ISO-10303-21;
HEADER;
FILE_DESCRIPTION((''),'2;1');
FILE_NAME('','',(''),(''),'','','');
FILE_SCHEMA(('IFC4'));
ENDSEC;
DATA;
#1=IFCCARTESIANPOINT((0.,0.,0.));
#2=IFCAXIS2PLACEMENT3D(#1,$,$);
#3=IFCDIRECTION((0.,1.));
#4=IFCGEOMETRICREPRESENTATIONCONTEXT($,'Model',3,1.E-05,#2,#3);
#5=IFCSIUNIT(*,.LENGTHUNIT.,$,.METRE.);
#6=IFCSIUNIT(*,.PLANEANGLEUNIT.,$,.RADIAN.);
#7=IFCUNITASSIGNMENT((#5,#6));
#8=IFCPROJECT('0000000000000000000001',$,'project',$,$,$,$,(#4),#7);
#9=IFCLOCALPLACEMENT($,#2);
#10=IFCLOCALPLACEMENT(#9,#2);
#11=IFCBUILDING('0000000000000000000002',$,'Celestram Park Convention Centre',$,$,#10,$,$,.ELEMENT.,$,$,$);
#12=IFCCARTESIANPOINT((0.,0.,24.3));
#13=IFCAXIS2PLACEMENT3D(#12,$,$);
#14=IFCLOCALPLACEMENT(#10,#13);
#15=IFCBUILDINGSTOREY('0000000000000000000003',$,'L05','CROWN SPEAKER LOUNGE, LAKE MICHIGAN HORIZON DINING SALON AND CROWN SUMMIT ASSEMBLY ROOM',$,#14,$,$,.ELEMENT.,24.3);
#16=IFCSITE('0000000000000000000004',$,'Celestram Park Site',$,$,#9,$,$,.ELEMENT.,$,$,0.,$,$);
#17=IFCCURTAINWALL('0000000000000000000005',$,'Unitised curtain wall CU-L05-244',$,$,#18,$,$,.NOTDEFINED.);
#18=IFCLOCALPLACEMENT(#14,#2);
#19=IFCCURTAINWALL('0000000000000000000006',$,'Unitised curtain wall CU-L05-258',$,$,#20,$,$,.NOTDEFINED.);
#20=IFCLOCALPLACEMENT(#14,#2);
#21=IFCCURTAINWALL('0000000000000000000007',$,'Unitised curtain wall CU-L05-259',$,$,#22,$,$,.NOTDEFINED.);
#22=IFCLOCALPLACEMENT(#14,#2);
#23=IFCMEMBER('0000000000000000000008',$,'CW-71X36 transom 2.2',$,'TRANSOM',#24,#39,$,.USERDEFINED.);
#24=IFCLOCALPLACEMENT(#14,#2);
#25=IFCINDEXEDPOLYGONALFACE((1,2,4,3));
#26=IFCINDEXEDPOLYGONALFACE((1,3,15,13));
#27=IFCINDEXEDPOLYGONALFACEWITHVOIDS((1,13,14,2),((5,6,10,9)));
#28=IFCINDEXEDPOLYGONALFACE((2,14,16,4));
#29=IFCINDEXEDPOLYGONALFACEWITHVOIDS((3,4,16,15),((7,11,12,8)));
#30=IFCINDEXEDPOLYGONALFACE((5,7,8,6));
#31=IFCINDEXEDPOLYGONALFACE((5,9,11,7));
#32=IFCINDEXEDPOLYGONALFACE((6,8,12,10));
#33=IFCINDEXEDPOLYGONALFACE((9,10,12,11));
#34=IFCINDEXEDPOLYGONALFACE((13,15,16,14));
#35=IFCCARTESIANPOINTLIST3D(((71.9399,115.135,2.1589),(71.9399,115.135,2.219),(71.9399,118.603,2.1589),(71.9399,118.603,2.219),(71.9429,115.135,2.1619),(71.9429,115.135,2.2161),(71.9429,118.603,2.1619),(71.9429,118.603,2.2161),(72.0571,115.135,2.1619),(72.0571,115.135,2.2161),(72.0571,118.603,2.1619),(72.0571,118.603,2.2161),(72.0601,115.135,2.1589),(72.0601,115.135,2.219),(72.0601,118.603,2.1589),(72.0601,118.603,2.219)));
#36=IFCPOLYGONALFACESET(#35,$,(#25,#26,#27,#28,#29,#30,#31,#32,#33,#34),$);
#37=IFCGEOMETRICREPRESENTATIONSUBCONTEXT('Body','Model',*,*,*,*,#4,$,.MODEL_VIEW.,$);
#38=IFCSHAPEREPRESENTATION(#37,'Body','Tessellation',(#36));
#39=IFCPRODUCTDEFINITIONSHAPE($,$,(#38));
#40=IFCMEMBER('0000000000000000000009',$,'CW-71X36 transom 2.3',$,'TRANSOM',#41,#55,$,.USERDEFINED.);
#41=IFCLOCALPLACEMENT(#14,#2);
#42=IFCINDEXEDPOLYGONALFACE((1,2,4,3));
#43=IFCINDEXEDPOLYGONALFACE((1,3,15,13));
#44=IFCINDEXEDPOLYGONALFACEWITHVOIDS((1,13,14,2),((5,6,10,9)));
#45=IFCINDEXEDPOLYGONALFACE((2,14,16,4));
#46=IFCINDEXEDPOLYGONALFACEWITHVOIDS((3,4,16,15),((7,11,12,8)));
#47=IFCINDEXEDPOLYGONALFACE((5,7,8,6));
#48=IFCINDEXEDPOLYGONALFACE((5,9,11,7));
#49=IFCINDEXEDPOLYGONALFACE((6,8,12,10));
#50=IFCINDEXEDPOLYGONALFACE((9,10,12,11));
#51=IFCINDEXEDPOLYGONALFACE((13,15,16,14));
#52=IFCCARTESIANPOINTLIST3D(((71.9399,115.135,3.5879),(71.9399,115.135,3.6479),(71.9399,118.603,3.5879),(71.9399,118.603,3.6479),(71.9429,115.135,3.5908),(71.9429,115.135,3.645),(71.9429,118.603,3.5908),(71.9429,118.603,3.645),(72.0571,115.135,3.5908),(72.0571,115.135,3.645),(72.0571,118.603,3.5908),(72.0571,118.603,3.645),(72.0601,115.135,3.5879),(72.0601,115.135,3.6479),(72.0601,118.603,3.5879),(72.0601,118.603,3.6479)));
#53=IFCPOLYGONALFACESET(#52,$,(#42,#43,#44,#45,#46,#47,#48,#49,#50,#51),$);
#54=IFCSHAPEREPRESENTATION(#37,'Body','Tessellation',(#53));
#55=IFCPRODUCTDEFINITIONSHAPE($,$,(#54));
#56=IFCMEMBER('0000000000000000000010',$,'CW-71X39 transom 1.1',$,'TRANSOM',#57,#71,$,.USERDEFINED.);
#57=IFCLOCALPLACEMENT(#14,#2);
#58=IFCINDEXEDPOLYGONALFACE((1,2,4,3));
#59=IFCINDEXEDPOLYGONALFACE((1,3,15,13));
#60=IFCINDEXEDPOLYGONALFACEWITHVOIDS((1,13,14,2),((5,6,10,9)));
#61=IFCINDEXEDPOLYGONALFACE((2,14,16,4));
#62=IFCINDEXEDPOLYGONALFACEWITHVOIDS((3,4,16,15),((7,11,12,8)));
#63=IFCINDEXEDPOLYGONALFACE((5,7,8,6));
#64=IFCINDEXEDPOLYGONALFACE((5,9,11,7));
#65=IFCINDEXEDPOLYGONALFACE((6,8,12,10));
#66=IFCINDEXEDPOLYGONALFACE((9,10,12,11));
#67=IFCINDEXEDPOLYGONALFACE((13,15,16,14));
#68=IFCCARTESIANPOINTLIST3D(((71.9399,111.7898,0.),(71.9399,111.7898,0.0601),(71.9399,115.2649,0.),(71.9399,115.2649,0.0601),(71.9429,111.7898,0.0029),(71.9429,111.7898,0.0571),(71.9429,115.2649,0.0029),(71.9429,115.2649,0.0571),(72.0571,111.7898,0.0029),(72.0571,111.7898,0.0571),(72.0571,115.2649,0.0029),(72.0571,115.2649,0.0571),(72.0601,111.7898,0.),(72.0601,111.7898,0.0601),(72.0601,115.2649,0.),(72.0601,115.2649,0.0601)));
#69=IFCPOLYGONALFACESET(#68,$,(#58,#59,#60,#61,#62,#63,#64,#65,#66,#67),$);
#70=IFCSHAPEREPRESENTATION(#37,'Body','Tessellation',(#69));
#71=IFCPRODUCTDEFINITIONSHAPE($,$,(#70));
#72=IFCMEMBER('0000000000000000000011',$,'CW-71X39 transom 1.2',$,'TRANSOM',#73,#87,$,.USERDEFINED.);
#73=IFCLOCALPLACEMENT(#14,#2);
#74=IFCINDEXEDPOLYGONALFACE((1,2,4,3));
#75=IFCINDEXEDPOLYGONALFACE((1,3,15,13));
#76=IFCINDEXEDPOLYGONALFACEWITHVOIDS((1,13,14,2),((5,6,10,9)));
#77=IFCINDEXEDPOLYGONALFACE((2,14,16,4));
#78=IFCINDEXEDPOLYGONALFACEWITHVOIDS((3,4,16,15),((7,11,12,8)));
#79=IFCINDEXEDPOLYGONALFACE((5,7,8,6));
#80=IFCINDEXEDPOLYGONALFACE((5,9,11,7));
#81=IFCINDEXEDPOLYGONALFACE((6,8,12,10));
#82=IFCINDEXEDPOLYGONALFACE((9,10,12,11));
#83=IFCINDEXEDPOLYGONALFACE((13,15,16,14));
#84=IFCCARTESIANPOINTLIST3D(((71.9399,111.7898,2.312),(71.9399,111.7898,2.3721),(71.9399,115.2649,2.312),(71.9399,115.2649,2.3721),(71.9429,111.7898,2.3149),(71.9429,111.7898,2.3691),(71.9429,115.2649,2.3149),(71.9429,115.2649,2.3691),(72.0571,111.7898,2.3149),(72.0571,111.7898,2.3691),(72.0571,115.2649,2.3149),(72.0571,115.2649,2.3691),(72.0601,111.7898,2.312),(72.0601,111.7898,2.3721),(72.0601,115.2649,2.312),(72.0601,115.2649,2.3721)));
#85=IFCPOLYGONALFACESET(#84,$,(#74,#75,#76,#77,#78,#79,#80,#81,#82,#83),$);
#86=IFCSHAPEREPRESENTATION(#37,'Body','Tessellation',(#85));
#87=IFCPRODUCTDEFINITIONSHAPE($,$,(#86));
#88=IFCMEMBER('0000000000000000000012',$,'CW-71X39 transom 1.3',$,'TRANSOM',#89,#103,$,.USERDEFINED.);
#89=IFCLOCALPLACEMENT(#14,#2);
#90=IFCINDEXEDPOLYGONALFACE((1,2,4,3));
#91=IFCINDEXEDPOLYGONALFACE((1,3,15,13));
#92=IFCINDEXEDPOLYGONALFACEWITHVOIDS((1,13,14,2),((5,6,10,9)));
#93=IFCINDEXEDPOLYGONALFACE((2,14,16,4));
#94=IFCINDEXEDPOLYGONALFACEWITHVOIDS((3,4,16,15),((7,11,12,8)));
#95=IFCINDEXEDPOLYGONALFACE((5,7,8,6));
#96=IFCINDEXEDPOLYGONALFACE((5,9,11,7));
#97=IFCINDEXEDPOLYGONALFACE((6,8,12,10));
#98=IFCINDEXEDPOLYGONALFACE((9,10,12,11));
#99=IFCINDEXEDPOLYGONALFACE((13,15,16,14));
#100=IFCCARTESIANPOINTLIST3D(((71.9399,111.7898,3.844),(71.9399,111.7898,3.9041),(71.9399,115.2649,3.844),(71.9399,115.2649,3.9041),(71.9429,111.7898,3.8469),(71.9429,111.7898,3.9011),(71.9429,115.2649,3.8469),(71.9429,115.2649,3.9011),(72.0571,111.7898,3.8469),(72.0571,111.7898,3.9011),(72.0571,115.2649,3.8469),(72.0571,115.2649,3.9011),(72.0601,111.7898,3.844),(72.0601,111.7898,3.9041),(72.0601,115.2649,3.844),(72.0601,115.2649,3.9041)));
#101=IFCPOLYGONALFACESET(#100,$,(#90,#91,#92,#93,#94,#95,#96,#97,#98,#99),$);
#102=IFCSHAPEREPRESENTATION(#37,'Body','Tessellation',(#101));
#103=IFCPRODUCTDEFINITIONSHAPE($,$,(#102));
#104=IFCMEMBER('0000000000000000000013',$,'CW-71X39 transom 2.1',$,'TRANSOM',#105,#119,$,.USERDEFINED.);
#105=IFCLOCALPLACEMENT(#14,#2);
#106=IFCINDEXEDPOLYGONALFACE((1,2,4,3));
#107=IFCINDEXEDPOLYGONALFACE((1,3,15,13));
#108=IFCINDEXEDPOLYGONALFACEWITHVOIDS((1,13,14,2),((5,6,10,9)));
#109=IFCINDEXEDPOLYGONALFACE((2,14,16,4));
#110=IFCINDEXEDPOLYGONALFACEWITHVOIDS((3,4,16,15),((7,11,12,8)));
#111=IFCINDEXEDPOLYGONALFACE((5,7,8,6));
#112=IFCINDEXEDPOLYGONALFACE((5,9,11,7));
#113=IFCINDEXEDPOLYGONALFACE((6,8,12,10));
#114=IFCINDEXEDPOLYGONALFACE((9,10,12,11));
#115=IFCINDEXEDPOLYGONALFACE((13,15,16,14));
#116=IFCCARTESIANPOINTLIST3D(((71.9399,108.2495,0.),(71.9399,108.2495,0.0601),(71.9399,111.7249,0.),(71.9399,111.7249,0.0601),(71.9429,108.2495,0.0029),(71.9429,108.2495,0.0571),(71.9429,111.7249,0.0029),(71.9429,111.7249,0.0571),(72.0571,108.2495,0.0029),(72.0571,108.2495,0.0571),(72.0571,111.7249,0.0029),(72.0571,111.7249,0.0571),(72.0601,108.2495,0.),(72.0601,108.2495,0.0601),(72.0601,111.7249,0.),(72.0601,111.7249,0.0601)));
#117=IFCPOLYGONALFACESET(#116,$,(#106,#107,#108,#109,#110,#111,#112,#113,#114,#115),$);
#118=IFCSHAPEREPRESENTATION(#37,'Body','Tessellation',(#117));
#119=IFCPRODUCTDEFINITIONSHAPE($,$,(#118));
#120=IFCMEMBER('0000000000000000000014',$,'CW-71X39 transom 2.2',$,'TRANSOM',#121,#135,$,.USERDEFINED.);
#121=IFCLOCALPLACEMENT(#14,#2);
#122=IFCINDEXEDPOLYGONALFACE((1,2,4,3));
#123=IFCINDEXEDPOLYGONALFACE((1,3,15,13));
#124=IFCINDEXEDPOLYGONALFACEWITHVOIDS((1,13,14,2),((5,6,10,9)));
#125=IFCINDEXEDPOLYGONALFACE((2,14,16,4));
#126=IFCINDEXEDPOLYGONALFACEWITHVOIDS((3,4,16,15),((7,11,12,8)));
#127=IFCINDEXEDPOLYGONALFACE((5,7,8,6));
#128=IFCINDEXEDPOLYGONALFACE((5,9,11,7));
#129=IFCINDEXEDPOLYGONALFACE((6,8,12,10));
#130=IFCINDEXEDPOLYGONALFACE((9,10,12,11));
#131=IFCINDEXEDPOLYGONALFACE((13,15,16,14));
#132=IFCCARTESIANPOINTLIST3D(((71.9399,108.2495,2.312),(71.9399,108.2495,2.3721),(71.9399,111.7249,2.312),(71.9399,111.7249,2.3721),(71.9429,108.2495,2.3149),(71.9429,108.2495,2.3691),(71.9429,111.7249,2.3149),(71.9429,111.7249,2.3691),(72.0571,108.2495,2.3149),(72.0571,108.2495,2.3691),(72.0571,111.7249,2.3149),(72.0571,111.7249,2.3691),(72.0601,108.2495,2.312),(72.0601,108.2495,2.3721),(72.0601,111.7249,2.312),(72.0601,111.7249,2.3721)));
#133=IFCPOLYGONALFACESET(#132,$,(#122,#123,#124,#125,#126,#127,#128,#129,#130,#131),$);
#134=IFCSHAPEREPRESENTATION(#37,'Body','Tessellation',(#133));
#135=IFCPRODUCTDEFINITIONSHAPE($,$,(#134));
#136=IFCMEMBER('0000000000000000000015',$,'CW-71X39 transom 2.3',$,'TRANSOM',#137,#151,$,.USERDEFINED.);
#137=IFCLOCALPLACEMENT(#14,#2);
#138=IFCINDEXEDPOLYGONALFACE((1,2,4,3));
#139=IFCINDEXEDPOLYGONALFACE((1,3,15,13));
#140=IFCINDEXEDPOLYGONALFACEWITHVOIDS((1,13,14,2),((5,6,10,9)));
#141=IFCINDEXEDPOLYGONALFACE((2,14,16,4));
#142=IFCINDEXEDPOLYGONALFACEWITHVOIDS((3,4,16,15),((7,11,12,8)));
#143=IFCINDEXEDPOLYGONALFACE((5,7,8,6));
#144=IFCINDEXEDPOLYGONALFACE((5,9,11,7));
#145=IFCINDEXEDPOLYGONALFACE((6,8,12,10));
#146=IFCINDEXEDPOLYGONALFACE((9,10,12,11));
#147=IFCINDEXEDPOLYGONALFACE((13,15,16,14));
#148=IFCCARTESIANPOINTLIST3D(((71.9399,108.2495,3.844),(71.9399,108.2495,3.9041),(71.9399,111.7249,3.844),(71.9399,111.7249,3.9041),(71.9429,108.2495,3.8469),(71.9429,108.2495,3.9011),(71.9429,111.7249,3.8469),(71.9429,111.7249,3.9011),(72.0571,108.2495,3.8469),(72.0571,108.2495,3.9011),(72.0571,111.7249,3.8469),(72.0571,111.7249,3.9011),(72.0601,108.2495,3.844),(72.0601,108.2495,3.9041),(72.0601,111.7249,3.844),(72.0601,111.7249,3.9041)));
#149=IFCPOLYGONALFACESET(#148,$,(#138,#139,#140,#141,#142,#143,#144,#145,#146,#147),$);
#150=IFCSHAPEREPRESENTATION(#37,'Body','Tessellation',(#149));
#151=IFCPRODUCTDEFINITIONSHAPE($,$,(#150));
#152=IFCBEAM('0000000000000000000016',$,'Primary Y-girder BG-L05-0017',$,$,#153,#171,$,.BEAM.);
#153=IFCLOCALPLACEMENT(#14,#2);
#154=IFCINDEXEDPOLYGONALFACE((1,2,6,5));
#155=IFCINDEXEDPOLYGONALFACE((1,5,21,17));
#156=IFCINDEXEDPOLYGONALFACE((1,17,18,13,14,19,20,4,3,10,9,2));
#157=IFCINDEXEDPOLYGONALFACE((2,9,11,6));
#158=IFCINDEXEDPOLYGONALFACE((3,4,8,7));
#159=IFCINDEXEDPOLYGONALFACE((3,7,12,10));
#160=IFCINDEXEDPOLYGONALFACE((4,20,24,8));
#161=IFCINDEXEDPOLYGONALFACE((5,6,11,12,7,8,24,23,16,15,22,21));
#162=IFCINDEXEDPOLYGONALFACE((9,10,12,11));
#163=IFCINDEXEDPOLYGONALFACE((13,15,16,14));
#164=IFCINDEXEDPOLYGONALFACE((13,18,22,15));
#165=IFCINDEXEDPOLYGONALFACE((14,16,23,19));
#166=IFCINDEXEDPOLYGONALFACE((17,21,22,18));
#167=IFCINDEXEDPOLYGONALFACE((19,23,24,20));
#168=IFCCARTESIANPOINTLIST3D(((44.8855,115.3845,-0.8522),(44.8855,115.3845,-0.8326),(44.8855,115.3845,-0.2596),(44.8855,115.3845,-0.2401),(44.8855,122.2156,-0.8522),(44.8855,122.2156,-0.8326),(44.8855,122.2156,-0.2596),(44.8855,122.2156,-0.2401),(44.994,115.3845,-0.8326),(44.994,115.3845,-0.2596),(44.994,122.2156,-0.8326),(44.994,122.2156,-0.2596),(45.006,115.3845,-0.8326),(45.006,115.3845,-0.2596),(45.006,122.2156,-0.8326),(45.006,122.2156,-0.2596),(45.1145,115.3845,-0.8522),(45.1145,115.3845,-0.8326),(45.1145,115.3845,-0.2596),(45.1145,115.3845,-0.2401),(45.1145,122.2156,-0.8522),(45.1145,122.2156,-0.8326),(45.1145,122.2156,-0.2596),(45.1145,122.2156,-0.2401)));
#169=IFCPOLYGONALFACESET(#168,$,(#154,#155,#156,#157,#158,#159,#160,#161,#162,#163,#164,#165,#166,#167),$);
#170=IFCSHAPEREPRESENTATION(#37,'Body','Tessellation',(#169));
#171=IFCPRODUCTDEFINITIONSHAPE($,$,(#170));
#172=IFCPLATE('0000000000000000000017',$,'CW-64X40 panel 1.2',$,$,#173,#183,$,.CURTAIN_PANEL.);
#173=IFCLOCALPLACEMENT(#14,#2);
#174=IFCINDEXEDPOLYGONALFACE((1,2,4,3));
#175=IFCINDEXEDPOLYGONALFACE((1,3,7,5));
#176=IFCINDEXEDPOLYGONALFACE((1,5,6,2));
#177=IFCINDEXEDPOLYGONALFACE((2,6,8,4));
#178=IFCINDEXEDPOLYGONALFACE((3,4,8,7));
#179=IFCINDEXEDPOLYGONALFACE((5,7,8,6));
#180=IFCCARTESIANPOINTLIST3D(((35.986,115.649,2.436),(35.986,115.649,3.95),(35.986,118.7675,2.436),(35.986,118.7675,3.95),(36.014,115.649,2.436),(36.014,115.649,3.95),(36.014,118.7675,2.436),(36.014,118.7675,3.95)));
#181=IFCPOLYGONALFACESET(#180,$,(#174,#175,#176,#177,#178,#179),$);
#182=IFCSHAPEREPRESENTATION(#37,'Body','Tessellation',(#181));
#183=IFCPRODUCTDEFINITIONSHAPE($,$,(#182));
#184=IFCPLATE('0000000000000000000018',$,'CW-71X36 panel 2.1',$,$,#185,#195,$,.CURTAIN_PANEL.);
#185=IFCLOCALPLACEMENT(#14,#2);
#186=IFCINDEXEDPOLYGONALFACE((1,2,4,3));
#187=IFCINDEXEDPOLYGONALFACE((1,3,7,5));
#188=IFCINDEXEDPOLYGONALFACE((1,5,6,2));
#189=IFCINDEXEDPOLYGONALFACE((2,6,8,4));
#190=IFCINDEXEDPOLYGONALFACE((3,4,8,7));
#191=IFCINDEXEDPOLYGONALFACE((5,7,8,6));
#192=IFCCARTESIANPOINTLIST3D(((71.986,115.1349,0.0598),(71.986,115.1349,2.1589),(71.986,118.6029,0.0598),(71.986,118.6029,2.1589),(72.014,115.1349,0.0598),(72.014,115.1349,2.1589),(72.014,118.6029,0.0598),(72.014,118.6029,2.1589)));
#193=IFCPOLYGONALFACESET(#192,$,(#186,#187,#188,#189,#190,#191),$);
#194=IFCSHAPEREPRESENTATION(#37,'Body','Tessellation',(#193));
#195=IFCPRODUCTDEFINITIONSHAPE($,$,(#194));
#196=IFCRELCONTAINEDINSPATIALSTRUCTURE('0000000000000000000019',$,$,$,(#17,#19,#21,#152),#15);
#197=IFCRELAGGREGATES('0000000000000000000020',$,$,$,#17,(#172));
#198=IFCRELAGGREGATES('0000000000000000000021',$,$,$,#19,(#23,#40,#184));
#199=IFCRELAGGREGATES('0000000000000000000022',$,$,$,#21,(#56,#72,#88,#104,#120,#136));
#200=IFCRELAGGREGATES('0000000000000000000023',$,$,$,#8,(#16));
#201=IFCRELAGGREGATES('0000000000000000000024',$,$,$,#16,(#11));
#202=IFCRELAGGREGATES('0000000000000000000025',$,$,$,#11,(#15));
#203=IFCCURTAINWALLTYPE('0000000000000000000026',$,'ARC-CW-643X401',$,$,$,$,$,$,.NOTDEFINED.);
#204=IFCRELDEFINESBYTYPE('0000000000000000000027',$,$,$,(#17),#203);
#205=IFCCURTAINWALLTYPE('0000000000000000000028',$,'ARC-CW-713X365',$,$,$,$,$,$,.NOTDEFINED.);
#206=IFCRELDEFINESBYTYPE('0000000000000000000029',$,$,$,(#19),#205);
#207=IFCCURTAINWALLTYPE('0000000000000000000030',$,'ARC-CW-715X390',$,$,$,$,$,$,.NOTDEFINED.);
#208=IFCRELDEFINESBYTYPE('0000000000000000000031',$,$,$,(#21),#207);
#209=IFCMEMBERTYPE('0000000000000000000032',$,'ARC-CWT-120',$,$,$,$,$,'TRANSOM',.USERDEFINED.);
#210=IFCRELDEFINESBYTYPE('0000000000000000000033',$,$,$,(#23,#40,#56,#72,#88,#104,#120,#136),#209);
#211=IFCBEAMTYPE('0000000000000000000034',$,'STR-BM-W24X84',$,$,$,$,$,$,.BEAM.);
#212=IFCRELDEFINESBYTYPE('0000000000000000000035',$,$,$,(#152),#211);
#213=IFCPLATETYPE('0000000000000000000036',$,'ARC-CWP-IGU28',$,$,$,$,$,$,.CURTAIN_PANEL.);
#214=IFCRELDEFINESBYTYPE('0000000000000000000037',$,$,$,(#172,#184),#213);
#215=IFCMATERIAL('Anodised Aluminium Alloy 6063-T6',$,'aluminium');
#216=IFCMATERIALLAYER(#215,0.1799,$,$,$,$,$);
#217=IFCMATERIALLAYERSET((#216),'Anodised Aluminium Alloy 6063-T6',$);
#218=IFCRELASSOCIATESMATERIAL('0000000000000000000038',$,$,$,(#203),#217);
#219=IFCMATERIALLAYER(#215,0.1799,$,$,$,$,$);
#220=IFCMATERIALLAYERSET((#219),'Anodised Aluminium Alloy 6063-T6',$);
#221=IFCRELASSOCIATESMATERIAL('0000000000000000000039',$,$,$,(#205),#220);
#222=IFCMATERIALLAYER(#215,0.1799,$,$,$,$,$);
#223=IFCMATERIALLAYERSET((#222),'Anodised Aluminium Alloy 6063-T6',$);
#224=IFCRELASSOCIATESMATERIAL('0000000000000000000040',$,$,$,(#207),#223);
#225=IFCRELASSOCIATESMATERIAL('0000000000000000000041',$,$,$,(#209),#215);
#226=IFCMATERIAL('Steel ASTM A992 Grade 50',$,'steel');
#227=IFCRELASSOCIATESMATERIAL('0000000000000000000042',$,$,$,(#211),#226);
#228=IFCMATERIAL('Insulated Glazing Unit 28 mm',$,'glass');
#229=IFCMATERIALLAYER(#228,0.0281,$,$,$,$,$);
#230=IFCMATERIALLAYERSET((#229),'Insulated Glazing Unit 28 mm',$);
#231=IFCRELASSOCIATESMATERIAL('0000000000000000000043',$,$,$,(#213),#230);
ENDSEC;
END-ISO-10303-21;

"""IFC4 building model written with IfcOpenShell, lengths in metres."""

from ifc_helpers import new_model, si_unit, direction, frame, origin, origin_2d, place, context, subcontext, project, spatial, rectangle, hollow_rectangle, i_section, extrude, material, layer, layer_set, material_profile, profile_set, type_object, element, aggregate, save


model = new_model("IFC4")

# Units and contexts
model_context = context("Model", 3, precision=1e-05, world=origin(), true_north=direction((0.0, 1.0)))
body_context = subcontext(model_context, "Body", "Model", "MODEL_VIEW")
ifc_project = project(units=[si_unit("LENGTHUNIT", "METRE"), si_unit("PLANEANGLEUNIT", "RADIAN")], contexts=[model_context])

# Site, building, storey
site_placement = place(None, origin())
site = spatial("IfcSite", under=ifc_project, at=site_placement, Name="Celestram Park Site", CompositionType="ELEMENT", RefElevation=0.0)
building_placement = place(site_placement, origin())
building = spatial("IfcBuilding", under=site, at=building_placement, Name="Celestram Park Convention Centre", CompositionType="ELEMENT")
storey_placement = place(building_placement, frame((0.0, 0.0, 24.3)))
storey = spatial("IfcBuildingStorey", under=building, at=storey_placement, Name="L05", Description="CROWN SPEAKER LOUNGE, LAKE MICHIGAN HORIZON DINING SALON AND CROWN SUMMIT ASSEMBLY ROOM", CompositionType="ELEMENT", Elevation=24.3)

# Shared definitions
ifc_material_1 = material(Name="Steel ASTM A992 Grade 50", Category="steel")

# Curtain wall
ifc_material_2 = material(Name="Anodised Aluminium Alloy 6063-T6", Category="aluminium")
ifc_layer_1 = layer(ifc_material_2, 0.1799)
ifc_layer_set_1 = layer_set([ifc_layer_1], Name="Anodised Aluminium Alloy 6063-T6")
curtain_wall_type_1 = type_object("IfcCurtainWallType", Name="ARC-CW-643X401", PredefinedType="NOTDEFINED", material=ifc_layer_set_1)
curtain_wall_1_placement = place(storey_placement, origin())
curtain_wall_1 = element("IfcCurtainWall", 1, at=curtain_wall_1_placement, inside=storey, type_object=curtain_wall_type_1, Name="Unitised curtain wall CU-L05-244", PredefinedType="NOTDEFINED")

# Curtain walls
ifc_layer_2 = layer(ifc_material_2, 0.1799)
ifc_layer_set_2 = layer_set([ifc_layer_2], Name="Anodised Aluminium Alloy 6063-T6")
curtain_wall_type_2 = type_object("IfcCurtainWallType", Name="ARC-CW-713X365", PredefinedType="NOTDEFINED", material=ifc_layer_set_2)
curtain_wall_2_placement = place(storey_placement, origin())
curtain_wall_2 = element("IfcCurtainWall", 2, at=curtain_wall_2_placement, inside=storey, type_object=curtain_wall_type_2, Name="Unitised curtain wall CU-L05-258", PredefinedType="NOTDEFINED")
ifc_layer_3 = layer(ifc_material_2, 0.1799)
ifc_layer_set_3 = layer_set([ifc_layer_3], Name="Anodised Aluminium Alloy 6063-T6")
curtain_wall_type_3 = type_object("IfcCurtainWallType", Name="ARC-CW-715X390", PredefinedType="NOTDEFINED", material=ifc_layer_set_3)
curtain_wall_3_placement = place(storey_placement, origin())
curtain_wall_3 = element("IfcCurtainWall", 3, at=curtain_wall_3_placement, inside=storey, type_object=curtain_wall_type_3, Name="Unitised curtain wall CU-L05-259", PredefinedType="NOTDEFINED")

# Members
ifc_material_profile_1 = material_profile(ifc_material_2, hollow_rectangle(XDim=0.1201, YDim=0.0601, WallThickness=0.0029, at=origin_2d()), Name="ALU120X60X3")
ifc_profile_set_1 = profile_set([ifc_material_profile_1], Name="Anodised Aluminium Alloy 6063-T6")
member_type_1 = type_object("IfcMemberType", Name="ARC-CWT-120", ElementType="TRANSOM", PredefinedType="USERDEFINED", material=ifc_profile_set_1)
member_1_placement = place(storey_placement, frame((72.0, 118.603, 2.189), z_axis=(0.0, -1.0, 0.0), x_axis=(1.0, 0.0, 0.0)))
member_1 = element("IfcMember", 4, at=member_1_placement, type_object=member_type_1, Name="CW-71X36 transom 2.2", ObjectType="TRANSOM", PredefinedType="USERDEFINED", context=body_context, shape_type="SweptSolid", body=[
    extrude(hollow_rectangle(XDim=0.1201, YDim=0.0601, WallThickness=0.0029, at=origin_2d()), origin(), (0.0, 0.0, 1.0), 3.468),
])
member_2_placement = place(storey_placement, frame((72.0, 118.603, 3.6179), z_axis=(0.0, -1.0, 0.0), x_axis=(1.0, 0.0, 0.0)))
member_2 = element("IfcMember", 5, at=member_2_placement, type_object=member_type_1, Name="CW-71X36 transom 2.3", ObjectType="TRANSOM", PredefinedType="USERDEFINED", context=body_context, shape_type="SweptSolid", body=[
    extrude(hollow_rectangle(XDim=0.1201, YDim=0.0601, WallThickness=0.0029, at=origin_2d()), origin(), (0.0, 0.0, 1.0), 3.468),
])
member_3_placement = place(storey_placement, frame((72.0, 115.2649, 0.03), z_axis=(0.0, -1.0, 0.0), x_axis=(1.0, 0.0, 0.0)))
member_3 = element("IfcMember", 6, at=member_3_placement, type_object=member_type_1, Name="CW-71X39 transom 1.1", ObjectType="TRANSOM", PredefinedType="USERDEFINED", context=body_context, shape_type="SweptSolid", body=[
    extrude(hollow_rectangle(XDim=0.1201, YDim=0.0601, WallThickness=0.0029, at=origin_2d()), origin(), (0.0, 0.0, 1.0), 3.4751),
])
member_4_placement = place(storey_placement, frame((72.0, 115.2649, 2.342), z_axis=(0.0, -1.0, 0.0), x_axis=(1.0, 0.0, 0.0)))
member_4 = element("IfcMember", 7, at=member_4_placement, type_object=member_type_1, Name="CW-71X39 transom 1.2", ObjectType="TRANSOM", PredefinedType="USERDEFINED", context=body_context, shape_type="SweptSolid", body=[
    extrude(hollow_rectangle(XDim=0.1201, YDim=0.0601, WallThickness=0.0029, at=origin_2d()), origin(), (0.0, 0.0, 1.0), 3.4751),
])
member_5_placement = place(storey_placement, frame((72.0, 115.2649, 3.874), z_axis=(0.0, -1.0, 0.0), x_axis=(1.0, 0.0, 0.0)))
member_5 = element("IfcMember", 8, at=member_5_placement, type_object=member_type_1, Name="CW-71X39 transom 1.3", ObjectType="TRANSOM", PredefinedType="USERDEFINED", context=body_context, shape_type="SweptSolid", body=[
    extrude(hollow_rectangle(XDim=0.1201, YDim=0.0601, WallThickness=0.0029, at=origin_2d()), origin(), (0.0, 0.0, 1.0), 3.4751),
])
member_6_placement = place(storey_placement, frame((72.0, 111.7249, 0.03), z_axis=(0.0, -1.0, 0.0), x_axis=(1.0, 0.0, 0.0)))
member_6 = element("IfcMember", 9, at=member_6_placement, type_object=member_type_1, Name="CW-71X39 transom 2.1", ObjectType="TRANSOM", PredefinedType="USERDEFINED", context=body_context, shape_type="SweptSolid", body=[
    extrude(hollow_rectangle(XDim=0.1201, YDim=0.0601, WallThickness=0.0029, at=origin_2d()), origin(), (0.0, 0.0, 1.0), 3.4753),
])
member_7_placement = place(storey_placement, frame((72.0, 111.7249, 2.342), z_axis=(0.0, -1.0, 0.0), x_axis=(1.0, 0.0, 0.0)))
member_7 = element("IfcMember", 10, at=member_7_placement, type_object=member_type_1, Name="CW-71X39 transom 2.2", ObjectType="TRANSOM", PredefinedType="USERDEFINED", context=body_context, shape_type="SweptSolid", body=[
    extrude(hollow_rectangle(XDim=0.1201, YDim=0.0601, WallThickness=0.0029, at=origin_2d()), origin(), (0.0, 0.0, 1.0), 3.4753),
])
member_8_placement = place(storey_placement, frame((72.0, 111.7249, 3.874), z_axis=(0.0, -1.0, 0.0), x_axis=(1.0, 0.0, 0.0)))
member_8 = element("IfcMember", 11, at=member_8_placement, type_object=member_type_1, Name="CW-71X39 transom 2.3", ObjectType="TRANSOM", PredefinedType="USERDEFINED", context=body_context, shape_type="SweptSolid", body=[
    extrude(hollow_rectangle(XDim=0.1201, YDim=0.0601, WallThickness=0.0029, at=origin_2d()), origin(), (0.0, 0.0, 1.0), 3.4753),
])

# Beam
ifc_material_profile_2 = material_profile(ifc_material_1, i_section(OverallWidth=0.229, OverallDepth=0.6121, WebThickness=0.012, FlangeThickness=0.0195, at=origin_2d()), Name="W24X84")
ifc_profile_set_2 = profile_set([ifc_material_profile_2], Name="Steel ASTM A992 Grade 50")
beam_type = type_object("IfcBeamType", Name="STR-BM-W24X84", PredefinedType="BEAM", material=ifc_profile_set_2)
beam_placement = place(storey_placement, frame((45.0, 115.3845, -0.5461), z_axis=(0.0, 1.0, 0.0), x_axis=(-1.0, 0.0, 0.0)))
element("IfcBeam", 12, at=beam_placement, inside=storey, type_object=beam_type, Name="Primary Y-girder BG-L05-0017", PredefinedType="BEAM", context=body_context, shape_type="SweptSolid", body=[
    extrude(i_section(OverallWidth=0.229, OverallDepth=0.6121, WebThickness=0.012, FlangeThickness=0.0195, at=origin_2d()), origin(), (0.0, 0.0, 1.0), 6.8311),
])

# Plates
ifc_material_3 = material(Name="Insulated Glazing Unit 28 mm", Category="glass")
ifc_layer_4 = layer(ifc_material_3, 0.0281)
ifc_layer_set_4 = layer_set([ifc_layer_4], Name="Insulated Glazing Unit 28 mm")
plate_type = type_object("IfcPlateType", Name="ARC-CWP-IGU28", PredefinedType="CURTAIN_PANEL", material=ifc_layer_set_4)
plate_1_placement = place(storey_placement, frame((36.0, 117.2083, 2.436), z_axis=(0.0, 0.0, 1.0), x_axis=(0.0, 1.0, 0.0)))
plate_1 = element("IfcPlate", 13, at=plate_1_placement, type_object=plate_type, Name="CW-64X40 panel 1.2", PredefinedType="CURTAIN_PANEL", context=body_context, shape_type="SweptSolid", body=[
    extrude(rectangle(XDim=3.1184, YDim=0.0281, at=origin_2d()), origin(), (0.0, 0.0, 1.0), 1.5139),
])
aggregate(curtain_wall_1, [plate_1])
plate_2_placement = place(storey_placement, frame((72.0, 116.8689, 0.0598), z_axis=(0.0, 0.0, 1.0), x_axis=(0.0, -1.0, 0.0)))
plate_2 = element("IfcPlate", 14, at=plate_2_placement, type_object=plate_type, Name="CW-71X36 panel 2.1", PredefinedType="CURTAIN_PANEL", context=body_context, shape_type="SweptSolid", body=[
    extrude(rectangle(XDim=3.468, YDim=0.0281, at=origin_2d()), origin(), (0.0, 0.0, 1.0), 2.0991),
])
aggregate(curtain_wall_2, [member_1, member_2, plate_2])
aggregate(curtain_wall_3, [member_3, member_4, member_5, member_6, member_7, member_8])

save(model, "model.ifc")
